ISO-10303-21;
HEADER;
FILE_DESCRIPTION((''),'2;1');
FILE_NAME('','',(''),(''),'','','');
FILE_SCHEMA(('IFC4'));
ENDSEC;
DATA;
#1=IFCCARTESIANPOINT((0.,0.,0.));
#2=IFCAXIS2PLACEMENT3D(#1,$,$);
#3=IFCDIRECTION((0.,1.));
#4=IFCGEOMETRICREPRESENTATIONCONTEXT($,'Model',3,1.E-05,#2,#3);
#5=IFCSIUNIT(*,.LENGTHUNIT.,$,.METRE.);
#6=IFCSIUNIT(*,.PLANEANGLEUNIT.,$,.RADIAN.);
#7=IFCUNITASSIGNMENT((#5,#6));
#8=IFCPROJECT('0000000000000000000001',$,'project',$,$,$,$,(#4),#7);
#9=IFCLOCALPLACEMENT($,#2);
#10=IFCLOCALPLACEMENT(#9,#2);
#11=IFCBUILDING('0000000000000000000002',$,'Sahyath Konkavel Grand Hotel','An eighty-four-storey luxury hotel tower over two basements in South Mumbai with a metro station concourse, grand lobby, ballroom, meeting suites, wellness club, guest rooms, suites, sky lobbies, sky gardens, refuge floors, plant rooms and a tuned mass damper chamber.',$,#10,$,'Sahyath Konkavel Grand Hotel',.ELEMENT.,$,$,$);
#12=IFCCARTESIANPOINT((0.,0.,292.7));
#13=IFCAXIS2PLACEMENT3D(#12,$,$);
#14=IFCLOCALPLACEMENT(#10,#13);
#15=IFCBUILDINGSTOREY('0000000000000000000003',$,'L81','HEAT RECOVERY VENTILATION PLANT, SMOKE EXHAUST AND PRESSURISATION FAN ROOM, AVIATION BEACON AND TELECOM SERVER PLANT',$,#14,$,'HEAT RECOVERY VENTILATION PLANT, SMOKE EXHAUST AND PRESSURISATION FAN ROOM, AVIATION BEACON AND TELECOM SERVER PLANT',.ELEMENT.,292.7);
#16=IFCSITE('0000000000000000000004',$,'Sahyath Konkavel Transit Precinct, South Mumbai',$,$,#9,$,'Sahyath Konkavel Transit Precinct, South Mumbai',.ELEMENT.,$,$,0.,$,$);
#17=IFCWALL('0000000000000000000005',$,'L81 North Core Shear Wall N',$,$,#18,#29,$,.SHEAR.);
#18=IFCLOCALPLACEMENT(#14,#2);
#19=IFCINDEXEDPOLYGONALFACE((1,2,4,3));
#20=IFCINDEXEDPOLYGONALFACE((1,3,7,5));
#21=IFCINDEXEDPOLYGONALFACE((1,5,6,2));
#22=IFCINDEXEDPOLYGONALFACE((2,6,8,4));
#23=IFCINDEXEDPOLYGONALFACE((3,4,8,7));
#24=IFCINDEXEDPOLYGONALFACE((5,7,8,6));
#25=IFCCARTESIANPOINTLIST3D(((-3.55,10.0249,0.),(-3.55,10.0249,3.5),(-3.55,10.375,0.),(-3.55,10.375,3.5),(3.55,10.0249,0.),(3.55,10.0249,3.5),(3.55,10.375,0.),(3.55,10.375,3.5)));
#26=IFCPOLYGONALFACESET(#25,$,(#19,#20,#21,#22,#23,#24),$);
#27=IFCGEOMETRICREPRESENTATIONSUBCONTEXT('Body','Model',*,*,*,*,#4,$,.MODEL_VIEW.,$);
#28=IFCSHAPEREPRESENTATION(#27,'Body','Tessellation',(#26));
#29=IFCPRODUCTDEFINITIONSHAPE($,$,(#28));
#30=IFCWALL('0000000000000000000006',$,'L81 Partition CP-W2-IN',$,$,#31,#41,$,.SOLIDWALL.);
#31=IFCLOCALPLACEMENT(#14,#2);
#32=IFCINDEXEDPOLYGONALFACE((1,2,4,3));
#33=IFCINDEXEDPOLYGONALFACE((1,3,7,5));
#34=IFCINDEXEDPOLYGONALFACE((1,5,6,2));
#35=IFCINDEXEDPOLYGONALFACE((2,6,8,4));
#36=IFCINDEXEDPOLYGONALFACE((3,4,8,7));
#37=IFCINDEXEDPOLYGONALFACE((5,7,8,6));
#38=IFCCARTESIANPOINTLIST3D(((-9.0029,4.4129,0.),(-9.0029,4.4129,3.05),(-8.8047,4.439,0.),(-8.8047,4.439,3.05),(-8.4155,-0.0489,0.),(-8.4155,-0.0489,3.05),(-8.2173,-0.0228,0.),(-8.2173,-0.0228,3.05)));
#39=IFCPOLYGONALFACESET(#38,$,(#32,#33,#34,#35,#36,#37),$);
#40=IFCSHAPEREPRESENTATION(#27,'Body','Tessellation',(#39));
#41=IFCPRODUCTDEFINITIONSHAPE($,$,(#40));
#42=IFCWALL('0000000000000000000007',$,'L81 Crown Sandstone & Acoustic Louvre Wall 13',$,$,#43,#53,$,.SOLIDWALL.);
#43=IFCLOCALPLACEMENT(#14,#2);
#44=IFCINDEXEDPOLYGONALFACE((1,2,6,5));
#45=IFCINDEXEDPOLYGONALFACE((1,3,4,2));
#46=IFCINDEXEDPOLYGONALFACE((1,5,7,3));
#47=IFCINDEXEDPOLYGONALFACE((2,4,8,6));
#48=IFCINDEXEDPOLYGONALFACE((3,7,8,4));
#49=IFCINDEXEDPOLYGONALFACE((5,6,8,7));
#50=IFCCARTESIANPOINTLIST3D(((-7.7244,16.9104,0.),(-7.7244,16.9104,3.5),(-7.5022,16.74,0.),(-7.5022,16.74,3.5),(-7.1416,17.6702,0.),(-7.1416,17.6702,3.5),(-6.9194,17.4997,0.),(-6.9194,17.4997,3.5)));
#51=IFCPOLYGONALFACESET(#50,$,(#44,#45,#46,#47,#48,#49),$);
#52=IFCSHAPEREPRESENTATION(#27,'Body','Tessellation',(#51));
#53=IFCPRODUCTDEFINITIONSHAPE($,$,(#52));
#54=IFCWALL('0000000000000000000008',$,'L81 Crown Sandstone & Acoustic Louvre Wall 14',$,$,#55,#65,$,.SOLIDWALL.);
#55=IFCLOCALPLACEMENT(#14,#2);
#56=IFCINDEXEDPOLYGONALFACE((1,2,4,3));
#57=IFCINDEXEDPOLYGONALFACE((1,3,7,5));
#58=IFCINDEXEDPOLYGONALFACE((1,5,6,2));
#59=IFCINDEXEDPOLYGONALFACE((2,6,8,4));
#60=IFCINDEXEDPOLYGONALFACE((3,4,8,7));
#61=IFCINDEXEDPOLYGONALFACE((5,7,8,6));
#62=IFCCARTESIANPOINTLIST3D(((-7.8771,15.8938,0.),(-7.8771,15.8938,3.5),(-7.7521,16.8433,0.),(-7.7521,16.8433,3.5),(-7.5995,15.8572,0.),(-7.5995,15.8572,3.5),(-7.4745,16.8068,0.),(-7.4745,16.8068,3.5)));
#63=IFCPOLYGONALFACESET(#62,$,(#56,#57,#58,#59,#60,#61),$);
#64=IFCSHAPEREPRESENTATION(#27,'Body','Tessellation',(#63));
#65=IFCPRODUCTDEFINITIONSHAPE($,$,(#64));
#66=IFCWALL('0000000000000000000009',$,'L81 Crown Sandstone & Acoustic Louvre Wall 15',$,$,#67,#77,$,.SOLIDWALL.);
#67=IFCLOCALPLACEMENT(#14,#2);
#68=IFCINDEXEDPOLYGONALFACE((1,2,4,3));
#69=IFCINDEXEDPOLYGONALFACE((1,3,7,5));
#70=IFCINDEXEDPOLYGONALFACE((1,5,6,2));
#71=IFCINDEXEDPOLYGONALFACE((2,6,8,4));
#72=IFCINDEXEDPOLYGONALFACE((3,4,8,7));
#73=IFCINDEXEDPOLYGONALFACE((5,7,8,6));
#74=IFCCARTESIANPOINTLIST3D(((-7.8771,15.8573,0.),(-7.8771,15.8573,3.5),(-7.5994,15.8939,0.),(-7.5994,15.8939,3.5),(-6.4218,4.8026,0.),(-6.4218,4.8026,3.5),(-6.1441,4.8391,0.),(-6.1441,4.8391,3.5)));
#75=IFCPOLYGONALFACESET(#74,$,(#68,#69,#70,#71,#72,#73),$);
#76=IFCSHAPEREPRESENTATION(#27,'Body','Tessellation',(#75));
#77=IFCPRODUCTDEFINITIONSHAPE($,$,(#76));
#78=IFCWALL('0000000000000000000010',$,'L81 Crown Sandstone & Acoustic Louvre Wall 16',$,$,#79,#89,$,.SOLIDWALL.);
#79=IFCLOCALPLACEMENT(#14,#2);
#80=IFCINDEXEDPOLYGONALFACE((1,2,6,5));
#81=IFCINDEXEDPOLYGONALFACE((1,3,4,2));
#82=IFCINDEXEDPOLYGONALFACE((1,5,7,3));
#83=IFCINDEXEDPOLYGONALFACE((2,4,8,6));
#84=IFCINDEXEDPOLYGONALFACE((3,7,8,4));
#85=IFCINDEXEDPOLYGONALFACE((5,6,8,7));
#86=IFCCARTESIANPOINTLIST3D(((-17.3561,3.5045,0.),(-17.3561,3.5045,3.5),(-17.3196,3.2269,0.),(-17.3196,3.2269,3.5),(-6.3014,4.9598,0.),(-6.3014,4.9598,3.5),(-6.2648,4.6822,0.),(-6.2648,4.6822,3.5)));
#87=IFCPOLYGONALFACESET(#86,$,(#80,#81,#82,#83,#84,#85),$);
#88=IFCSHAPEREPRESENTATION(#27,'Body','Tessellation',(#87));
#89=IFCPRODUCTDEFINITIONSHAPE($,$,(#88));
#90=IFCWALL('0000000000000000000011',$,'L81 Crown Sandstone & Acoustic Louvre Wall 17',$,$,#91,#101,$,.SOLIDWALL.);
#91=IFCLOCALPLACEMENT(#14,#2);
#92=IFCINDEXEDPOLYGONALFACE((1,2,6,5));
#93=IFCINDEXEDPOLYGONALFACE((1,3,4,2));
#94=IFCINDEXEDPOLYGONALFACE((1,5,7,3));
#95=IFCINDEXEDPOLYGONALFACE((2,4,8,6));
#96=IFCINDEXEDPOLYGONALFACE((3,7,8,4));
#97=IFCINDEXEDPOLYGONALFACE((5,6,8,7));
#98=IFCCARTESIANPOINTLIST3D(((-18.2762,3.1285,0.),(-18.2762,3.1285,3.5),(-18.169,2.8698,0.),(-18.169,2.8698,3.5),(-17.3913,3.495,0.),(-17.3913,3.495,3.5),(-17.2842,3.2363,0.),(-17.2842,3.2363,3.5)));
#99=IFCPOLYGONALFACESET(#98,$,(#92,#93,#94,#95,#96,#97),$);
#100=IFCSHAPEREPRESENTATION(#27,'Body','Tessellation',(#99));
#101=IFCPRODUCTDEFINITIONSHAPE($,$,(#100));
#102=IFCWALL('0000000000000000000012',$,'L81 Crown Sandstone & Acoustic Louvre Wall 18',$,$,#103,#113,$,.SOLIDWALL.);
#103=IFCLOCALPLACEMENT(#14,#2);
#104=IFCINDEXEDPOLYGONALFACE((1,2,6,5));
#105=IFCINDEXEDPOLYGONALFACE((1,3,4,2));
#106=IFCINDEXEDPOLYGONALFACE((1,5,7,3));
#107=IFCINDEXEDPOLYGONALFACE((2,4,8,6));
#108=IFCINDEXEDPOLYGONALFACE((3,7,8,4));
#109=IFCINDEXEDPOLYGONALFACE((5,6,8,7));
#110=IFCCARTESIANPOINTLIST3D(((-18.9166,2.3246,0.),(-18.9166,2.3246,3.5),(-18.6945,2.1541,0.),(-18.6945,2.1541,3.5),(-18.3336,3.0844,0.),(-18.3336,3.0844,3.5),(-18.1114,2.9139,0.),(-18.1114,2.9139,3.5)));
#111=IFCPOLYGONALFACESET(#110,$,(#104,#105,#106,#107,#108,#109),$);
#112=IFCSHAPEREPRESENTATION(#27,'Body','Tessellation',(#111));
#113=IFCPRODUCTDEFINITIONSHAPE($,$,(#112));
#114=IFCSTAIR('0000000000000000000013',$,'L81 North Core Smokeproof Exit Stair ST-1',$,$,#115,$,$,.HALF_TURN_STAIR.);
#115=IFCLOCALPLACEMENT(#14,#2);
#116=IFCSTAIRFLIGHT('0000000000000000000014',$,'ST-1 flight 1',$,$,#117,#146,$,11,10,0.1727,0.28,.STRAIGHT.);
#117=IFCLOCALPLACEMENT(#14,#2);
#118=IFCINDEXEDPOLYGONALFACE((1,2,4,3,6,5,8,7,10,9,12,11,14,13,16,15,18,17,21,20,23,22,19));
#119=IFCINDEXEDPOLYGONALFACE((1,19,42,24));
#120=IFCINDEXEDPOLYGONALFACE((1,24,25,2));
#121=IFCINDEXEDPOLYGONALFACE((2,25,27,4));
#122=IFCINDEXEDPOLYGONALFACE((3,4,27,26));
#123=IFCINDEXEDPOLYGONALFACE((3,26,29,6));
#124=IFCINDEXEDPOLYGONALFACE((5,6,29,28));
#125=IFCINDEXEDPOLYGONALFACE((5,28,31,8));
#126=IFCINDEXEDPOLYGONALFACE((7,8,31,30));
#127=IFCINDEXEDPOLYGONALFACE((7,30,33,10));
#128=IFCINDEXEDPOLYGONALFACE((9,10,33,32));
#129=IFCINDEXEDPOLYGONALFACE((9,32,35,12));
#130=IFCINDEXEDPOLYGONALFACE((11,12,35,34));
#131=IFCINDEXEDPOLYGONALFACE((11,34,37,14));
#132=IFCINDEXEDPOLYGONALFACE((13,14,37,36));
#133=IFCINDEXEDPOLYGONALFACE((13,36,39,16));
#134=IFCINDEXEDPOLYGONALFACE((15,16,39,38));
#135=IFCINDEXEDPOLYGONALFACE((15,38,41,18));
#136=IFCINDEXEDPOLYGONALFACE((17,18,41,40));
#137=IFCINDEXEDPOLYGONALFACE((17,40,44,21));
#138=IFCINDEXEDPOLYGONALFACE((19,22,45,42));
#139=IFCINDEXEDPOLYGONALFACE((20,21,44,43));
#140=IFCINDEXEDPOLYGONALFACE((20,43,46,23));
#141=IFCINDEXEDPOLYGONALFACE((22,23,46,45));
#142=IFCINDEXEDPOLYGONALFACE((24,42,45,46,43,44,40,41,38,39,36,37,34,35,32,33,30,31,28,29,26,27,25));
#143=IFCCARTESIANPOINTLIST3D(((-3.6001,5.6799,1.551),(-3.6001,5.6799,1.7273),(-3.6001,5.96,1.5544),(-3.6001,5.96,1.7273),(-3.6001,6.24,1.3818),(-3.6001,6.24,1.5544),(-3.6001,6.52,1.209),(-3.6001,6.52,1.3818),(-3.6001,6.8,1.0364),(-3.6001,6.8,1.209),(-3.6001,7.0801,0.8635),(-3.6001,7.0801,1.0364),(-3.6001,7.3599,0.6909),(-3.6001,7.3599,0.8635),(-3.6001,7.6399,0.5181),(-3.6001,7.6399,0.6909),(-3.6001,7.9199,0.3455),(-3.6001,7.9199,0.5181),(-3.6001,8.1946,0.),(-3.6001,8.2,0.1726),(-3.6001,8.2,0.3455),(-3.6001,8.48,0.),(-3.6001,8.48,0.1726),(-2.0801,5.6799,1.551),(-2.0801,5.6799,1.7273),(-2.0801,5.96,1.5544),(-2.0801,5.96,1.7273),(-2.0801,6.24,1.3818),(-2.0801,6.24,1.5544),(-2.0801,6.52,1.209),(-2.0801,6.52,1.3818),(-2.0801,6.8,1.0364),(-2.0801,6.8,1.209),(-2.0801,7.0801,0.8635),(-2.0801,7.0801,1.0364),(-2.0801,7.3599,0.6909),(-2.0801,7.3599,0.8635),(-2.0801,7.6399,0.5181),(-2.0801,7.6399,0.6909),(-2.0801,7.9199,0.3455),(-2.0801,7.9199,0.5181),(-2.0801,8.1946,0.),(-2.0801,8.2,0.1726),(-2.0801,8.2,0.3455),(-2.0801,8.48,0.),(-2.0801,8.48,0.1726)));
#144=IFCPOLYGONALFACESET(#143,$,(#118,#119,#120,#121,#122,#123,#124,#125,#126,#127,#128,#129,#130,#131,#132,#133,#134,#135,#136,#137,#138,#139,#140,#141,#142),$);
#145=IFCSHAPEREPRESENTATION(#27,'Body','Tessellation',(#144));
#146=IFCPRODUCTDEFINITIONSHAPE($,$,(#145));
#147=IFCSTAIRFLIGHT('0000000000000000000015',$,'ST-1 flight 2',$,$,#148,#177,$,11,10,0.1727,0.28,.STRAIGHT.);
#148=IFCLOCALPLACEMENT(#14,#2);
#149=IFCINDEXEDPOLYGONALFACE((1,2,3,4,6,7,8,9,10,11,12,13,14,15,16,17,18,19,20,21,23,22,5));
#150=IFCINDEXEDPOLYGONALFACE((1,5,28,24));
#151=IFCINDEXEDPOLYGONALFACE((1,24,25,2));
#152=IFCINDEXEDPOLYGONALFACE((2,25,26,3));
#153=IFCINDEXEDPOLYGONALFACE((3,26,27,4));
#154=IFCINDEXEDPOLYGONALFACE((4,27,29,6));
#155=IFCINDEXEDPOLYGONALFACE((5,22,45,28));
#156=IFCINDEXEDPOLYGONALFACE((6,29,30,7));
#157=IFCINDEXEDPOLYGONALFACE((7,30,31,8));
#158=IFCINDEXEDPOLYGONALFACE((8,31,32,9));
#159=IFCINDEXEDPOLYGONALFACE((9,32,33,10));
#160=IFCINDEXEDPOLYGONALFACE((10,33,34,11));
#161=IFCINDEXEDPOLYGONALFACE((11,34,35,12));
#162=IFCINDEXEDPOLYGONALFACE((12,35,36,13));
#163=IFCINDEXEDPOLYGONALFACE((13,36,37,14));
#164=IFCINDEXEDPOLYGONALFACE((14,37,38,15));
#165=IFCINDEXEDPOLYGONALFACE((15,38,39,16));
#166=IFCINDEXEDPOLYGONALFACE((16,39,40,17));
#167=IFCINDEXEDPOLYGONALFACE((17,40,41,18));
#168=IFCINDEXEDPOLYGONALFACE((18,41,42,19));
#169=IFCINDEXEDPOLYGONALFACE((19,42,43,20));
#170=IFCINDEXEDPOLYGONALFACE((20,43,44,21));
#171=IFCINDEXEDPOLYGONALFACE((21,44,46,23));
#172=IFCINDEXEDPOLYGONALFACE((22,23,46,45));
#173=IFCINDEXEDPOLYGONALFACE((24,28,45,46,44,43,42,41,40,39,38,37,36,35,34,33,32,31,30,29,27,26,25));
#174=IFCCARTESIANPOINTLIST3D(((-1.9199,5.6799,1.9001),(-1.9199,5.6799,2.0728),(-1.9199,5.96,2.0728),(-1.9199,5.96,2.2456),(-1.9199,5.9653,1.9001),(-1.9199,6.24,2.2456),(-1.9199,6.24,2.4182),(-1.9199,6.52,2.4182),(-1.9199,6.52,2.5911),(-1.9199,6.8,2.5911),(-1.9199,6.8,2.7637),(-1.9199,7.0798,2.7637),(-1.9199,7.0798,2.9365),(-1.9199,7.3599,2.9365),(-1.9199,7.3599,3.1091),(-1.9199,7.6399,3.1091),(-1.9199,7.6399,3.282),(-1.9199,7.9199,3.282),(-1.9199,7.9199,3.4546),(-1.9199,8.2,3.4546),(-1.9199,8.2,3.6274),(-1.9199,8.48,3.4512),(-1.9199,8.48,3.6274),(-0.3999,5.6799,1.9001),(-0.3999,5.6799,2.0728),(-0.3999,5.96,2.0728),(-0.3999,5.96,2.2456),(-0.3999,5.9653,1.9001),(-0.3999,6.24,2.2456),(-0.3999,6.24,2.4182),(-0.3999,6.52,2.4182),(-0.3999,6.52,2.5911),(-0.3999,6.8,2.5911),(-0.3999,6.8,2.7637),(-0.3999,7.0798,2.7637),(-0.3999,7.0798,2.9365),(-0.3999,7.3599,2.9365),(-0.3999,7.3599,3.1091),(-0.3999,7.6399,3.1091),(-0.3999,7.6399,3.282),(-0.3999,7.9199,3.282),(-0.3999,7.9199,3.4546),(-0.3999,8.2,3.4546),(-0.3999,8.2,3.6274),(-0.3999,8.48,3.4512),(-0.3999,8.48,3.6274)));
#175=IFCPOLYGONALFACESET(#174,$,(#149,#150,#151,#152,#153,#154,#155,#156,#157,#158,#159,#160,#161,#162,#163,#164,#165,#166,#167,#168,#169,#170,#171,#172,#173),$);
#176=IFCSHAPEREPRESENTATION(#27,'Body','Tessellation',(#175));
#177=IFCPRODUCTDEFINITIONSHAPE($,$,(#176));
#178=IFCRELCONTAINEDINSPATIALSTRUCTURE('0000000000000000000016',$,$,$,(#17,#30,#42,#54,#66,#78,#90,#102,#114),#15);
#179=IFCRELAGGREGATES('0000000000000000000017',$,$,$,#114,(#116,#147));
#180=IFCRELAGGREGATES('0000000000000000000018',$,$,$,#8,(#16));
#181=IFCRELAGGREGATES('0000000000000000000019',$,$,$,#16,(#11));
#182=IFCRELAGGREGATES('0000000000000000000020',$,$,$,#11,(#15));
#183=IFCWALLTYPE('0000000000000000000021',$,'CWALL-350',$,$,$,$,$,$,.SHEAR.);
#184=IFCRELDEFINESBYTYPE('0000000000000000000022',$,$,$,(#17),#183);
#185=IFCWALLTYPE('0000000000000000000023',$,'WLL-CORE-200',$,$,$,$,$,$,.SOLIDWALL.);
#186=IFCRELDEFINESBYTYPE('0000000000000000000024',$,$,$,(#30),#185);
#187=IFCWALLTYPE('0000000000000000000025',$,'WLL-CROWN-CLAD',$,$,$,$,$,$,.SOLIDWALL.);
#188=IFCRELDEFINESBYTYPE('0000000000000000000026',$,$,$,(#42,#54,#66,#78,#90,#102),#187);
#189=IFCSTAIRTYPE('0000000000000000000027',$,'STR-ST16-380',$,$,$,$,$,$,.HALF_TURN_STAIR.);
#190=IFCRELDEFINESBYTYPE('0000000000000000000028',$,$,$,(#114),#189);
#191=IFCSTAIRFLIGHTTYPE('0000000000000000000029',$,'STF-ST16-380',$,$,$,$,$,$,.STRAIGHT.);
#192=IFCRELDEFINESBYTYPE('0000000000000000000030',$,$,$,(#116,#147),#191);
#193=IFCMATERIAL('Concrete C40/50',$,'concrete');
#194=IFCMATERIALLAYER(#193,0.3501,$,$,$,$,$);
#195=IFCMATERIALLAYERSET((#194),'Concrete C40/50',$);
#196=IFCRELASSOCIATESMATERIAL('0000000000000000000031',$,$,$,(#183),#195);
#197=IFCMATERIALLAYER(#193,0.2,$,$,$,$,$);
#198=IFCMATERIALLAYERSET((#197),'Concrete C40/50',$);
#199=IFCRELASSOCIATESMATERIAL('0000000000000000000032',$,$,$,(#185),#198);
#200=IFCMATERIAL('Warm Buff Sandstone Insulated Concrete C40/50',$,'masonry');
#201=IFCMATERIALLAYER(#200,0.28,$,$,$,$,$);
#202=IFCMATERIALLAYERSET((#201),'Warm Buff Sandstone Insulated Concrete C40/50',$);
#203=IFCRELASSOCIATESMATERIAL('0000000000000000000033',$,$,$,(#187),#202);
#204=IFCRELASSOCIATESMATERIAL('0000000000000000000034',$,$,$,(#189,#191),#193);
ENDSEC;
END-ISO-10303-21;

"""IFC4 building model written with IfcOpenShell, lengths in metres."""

from ifc_helpers import new_model, si_unit, direction, frame, frame_2d, origin, place, context, subcontext, project, spatial, polyline, rectangle, outline, extrude, material, layer, layer_set, type_object, element, aggregate, save


model = new_model("IFC4")

# Units and contexts
model_context = context("Model", 3, precision=1e-05, world=origin(), true_north=direction((0.0, 1.0)))
body_context = subcontext(model_context, "Body", "Model", "MODEL_VIEW")
ifc_project = project(units=[si_unit("LENGTHUNIT", "METRE"), si_unit("PLANEANGLEUNIT", "RADIAN")], contexts=[model_context])

# Site, building, storey
site_placement = place(None, origin())
site = spatial("IfcSite", under=ifc_project, at=site_placement, Name="Sahyath Konkavel Transit Precinct, South Mumbai", LongName="Sahyath Konkavel Transit Precinct, South Mumbai", CompositionType="ELEMENT", RefElevation=0.0)
building_placement = place(site_placement, origin())
building = spatial("IfcBuilding", under=site, at=building_placement, Name="Sahyath Konkavel Grand Hotel", Description="An eighty-four-storey luxury hotel tower over two basements in South Mumbai with a metro station concourse, grand lobby, ballroom, meeting suites, wellness club, guest rooms, suites, sky lobbies, sky gardens, refuge floors, plant rooms and a tuned mass damper chamber.", LongName="Sahyath Konkavel Grand Hotel", CompositionType="ELEMENT")
storey_placement = place(building_placement, frame((0.0, 0.0, 292.7)))
storey = spatial("IfcBuildingStorey", under=building, at=storey_placement, Name="L81", Description="HEAT RECOVERY VENTILATION PLANT, SMOKE EXHAUST AND PRESSURISATION FAN ROOM, AVIATION BEACON AND TELECOM SERVER PLANT", LongName="HEAT RECOVERY VENTILATION PLANT, SMOKE EXHAUST AND PRESSURISATION FAN ROOM, AVIATION BEACON AND TELECOM SERVER PLANT", CompositionType="ELEMENT", Elevation=292.7)

# Shared definitions
ifc_material_1 = material(Name="Concrete C40/50", Category="concrete")

# Walls
ifc_layer_1 = layer(ifc_material_1, 0.3501)
ifc_layer_set_1 = layer_set([ifc_layer_1], Name="Concrete C40/50")
wall_type_1 = type_object("IfcWallType", Name="CWALL-350", PredefinedType="SHEAR", material=ifc_layer_set_1)
wall_1_placement = place(storey_placement, frame((-3.55, 10.2, 0.0), z_axis=(0.0, 0.0, 1.0), x_axis=(1.0, 0.0, 0.0)))
element("IfcWall", 1, at=wall_1_placement, inside=storey, type_object=wall_type_1, Name="L81 North Core Shear Wall N", PredefinedType="SHEAR", context=body_context, shape_type="SweptSolid", body=[
    extrude(rectangle(XDim=7.1001, YDim=0.3501, at=frame_2d((3.55, 0.0))), origin(), (0.0, 0.0, 1.0), 3.5),
])
ifc_layer_2 = layer(ifc_material_1, 0.2)
ifc_layer_set_2 = layer_set([ifc_layer_2], Name="Concrete C40/50")
wall_type_2 = type_object("IfcWallType", Name="WLL-CORE-200", PredefinedType="SOLIDWALL", material=ifc_layer_set_2)
wall_2_placement = place(storey_placement, frame((-8.9038, 4.4258, 0.0), z_axis=(0.0, 0.0, 1.0), x_axis=(0.130529, -0.991445, 0.0)))
element("IfcWall", 2, at=wall_2_placement, inside=storey, type_object=wall_type_2, Name="L81 Partition CP-W2-IN", PredefinedType="SOLIDWALL", context=body_context, shape_type="SweptSolid", body=[
    extrude(rectangle(XDim=4.5002, YDim=0.2, at=frame_2d((2.25, 0.0))), origin(), (0.0, 0.0, 1.0), 3.05),
])
ifc_material_2 = material(Name="Warm Buff Sandstone Insulated Concrete C40/50", Category="masonry")
ifc_layer_3 = layer(ifc_material_2, 0.28)
ifc_layer_set_3 = layer_set([ifc_layer_3], Name="Warm Buff Sandstone Insulated Concrete C40/50")
wall_type_3 = type_object("IfcWallType", Name="WLL-CROWN-CLAD", PredefinedType="SOLIDWALL", material=ifc_layer_set_3)
wall_3_placement = place(storey_placement, frame((-7.0305, 17.585, 0.0), z_axis=(0.0, 0.0, 1.0), x_axis=(-0.608614, -0.793467, 0.0)))
element("IfcWall", 3, at=wall_3_placement, inside=storey, type_object=wall_type_3, Name="L81 Crown Sandstone & Acoustic Louvre Wall 13", PredefinedType="SOLIDWALL", context=body_context, shape_type="SweptSolid", body=[
    extrude(rectangle(XDim=0.9575, YDim=0.28, at=frame_2d((0.4788, 0.0))), origin(), (0.0, 0.0, 1.0), 3.5),
])
wall_4_placement = place(storey_placement, frame((-7.6133, 16.8252, 0.0), z_axis=(0.0, 0.0, 1.0), x_axis=(-0.130527, -0.991445, 0.0)))
element("IfcWall", 4, at=wall_4_placement, inside=storey, type_object=wall_type_3, Name="L81 Crown Sandstone & Acoustic Louvre Wall 14", PredefinedType="SOLIDWALL", context=body_context, shape_type="SweptSolid", body=[
    extrude(rectangle(XDim=0.9578, YDim=0.28, at=frame_2d((0.479, 0.0))), origin(), (0.0, 0.0, 1.0), 3.5),
])
for number, where, z_axis, x_axis, name in (
    (5, (-7.7383, 15.8757, 0.0), (0.0, 0.0, 1.0), (0.130521, -0.991445, 0.0), "L81 Crown Sandstone & Acoustic Louvre Wall 15"),
    (6, (-6.283, 4.821, 0.0), (0.0, 0.0, 1.0), (-0.991445, -0.130521, 0.0), "L81 Crown Sandstone & Acoustic Louvre Wall 16"),
):
    element("IfcWall", number, at=place(storey_placement, frame(where, z_axis=z_axis, x_axis=x_axis)), inside=storey, type_object=wall_type_3, Name=name, PredefinedType="SOLIDWALL", context=body_context, shape_type="SweptSolid", body=[
        extrude(rectangle(XDim=11.1501, YDim=0.28, at=frame_2d((5.5752, 0.0))), origin(), (0.0, 0.0, 1.0), 3.5),
    ])
for number, where, z_axis, x_axis, name in (
    (7, (-17.3376, 3.3657, 0.0), (0.0, 0.0, 1.0), (-0.923889, -0.38266, 0.0), "L81 Crown Sandstone & Acoustic Louvre Wall 17"),
    (8, (-18.2224, 2.9993, 0.0), (0.0, 0.0, 1.0), (-0.608774, -0.793344, 0.0), "L81 Crown Sandstone & Acoustic Louvre Wall 18"),
):
    element("IfcWall", number, at=place(storey_placement, frame(where, z_axis=z_axis, x_axis=x_axis)), inside=storey, type_object=wall_type_3, Name=name, PredefinedType="SOLIDWALL", context=body_context, shape_type="SweptSolid", body=[
        extrude(rectangle(XDim=0.9578, YDim=0.28, at=frame_2d((0.479, 0.0))), origin(), (0.0, 0.0, 1.0), 3.5),
    ])

# Stair, stair flights
stair_type = type_object("IfcStairType", Name="STR-ST16-380", PredefinedType="HALF_TURN_STAIR", material=ifc_material_1)
stair_placement = place(storey_placement, origin())
stair = element("IfcStair", 9, at=stair_placement, inside=storey, type_object=stair_type, Name="L81 North Core Smokeproof Exit Stair ST-1", PredefinedType="HALF_TURN_STAIR")
stair_flight_type = type_object("IfcStairFlightType", Name="STF-ST16-380", PredefinedType="STRAIGHT", material=ifc_material_1)
stair_flight_1_placement = place(storey_placement, frame((-2.8401, 8.48, 0.0), z_axis=(0.0, 0.0, 1.0), x_axis=(0.0, -1.0, 0.0)))
stair_flight_1 = element("IfcStairFlight", 10, at=stair_flight_1_placement, type_object=stair_flight_type, Name="ST-1 flight 1", NumberOfRisers=11, NumberOfTreads=10, PredefinedType="STRAIGHT", RiserHeight=0.1727, TreadLength=0.28, context=body_context, shape_type="SweptSolid", body=[
    extrude(outline(polyline([(0.0, 0.0), (0.0, 0.1726), (0.28, 0.1726), (0.28, 0.3455), (0.5601, 0.3455), (0.5601, 0.5181), (0.8401, 0.5181), (0.8401, 0.6909), (1.1201, 0.6909), (1.1201, 0.8635), (1.3999, 0.8635), (1.3999, 1.0364), (1.6799, 1.0364), (1.6799, 1.209), (1.96, 1.209), (1.96, 1.3818), (2.24, 1.3818), (2.24, 1.5544), (2.52, 1.5544), (2.52, 1.7273), (2.8, 1.7273), (2.8, 1.8999), (2.8, 1.551), (0.2854, 0.0), (0.0, 0.0)])), frame((0.0, 0.76, 0.0), z_axis=(0.0, -1.0, 0.0), x_axis=(1.0, 0.0, 0.0)), (0.0, 0.0, 1.0), 1.52),
])
stair_flight_2_placement = place(storey_placement, frame((-1.1599, 5.6799, 1.9001), z_axis=(0.0, 0.0, 1.0), x_axis=(0.0, 1.0, 0.0)))
stair_flight_2 = element("IfcStairFlight", 11, at=stair_flight_2_placement, type_object=stair_flight_type, Name="ST-1 flight 2", NumberOfRisers=11, NumberOfTreads=10, PredefinedType="STRAIGHT", RiserHeight=0.1727, TreadLength=0.28, context=body_context, shape_type="SweptSolid", body=[
    extrude(outline(polyline([(0.0, 0.0), (0.0, 0.1726), (0.28, 0.1726), (0.28, 0.3455), (0.5601, 0.3455), (0.5601, 0.5181), (0.8401, 0.5181), (0.8401, 0.6909), (1.1201, 0.6909), (1.1201, 0.8635), (1.3999, 0.8635), (1.3999, 1.0364), (1.6799, 1.0364), (1.6799, 1.209), (1.96, 1.209), (1.96, 1.3818), (2.24, 1.3818), (2.24, 1.5544), (2.52, 1.5544), (2.52, 1.7273), (2.8, 1.7273), (2.8, 1.8999), (2.8, 1.551), (0.2854, 0.0), (0.0, 0.0)])), frame((0.0, 0.76, 0.0), z_axis=(0.0, -1.0, 0.0), x_axis=(1.0, 0.0, 0.0)), (0.0, 0.0, 1.0), 1.52),
])
aggregate(stair, [stair_flight_1, stair_flight_2])

save(model, "model.ifc")
